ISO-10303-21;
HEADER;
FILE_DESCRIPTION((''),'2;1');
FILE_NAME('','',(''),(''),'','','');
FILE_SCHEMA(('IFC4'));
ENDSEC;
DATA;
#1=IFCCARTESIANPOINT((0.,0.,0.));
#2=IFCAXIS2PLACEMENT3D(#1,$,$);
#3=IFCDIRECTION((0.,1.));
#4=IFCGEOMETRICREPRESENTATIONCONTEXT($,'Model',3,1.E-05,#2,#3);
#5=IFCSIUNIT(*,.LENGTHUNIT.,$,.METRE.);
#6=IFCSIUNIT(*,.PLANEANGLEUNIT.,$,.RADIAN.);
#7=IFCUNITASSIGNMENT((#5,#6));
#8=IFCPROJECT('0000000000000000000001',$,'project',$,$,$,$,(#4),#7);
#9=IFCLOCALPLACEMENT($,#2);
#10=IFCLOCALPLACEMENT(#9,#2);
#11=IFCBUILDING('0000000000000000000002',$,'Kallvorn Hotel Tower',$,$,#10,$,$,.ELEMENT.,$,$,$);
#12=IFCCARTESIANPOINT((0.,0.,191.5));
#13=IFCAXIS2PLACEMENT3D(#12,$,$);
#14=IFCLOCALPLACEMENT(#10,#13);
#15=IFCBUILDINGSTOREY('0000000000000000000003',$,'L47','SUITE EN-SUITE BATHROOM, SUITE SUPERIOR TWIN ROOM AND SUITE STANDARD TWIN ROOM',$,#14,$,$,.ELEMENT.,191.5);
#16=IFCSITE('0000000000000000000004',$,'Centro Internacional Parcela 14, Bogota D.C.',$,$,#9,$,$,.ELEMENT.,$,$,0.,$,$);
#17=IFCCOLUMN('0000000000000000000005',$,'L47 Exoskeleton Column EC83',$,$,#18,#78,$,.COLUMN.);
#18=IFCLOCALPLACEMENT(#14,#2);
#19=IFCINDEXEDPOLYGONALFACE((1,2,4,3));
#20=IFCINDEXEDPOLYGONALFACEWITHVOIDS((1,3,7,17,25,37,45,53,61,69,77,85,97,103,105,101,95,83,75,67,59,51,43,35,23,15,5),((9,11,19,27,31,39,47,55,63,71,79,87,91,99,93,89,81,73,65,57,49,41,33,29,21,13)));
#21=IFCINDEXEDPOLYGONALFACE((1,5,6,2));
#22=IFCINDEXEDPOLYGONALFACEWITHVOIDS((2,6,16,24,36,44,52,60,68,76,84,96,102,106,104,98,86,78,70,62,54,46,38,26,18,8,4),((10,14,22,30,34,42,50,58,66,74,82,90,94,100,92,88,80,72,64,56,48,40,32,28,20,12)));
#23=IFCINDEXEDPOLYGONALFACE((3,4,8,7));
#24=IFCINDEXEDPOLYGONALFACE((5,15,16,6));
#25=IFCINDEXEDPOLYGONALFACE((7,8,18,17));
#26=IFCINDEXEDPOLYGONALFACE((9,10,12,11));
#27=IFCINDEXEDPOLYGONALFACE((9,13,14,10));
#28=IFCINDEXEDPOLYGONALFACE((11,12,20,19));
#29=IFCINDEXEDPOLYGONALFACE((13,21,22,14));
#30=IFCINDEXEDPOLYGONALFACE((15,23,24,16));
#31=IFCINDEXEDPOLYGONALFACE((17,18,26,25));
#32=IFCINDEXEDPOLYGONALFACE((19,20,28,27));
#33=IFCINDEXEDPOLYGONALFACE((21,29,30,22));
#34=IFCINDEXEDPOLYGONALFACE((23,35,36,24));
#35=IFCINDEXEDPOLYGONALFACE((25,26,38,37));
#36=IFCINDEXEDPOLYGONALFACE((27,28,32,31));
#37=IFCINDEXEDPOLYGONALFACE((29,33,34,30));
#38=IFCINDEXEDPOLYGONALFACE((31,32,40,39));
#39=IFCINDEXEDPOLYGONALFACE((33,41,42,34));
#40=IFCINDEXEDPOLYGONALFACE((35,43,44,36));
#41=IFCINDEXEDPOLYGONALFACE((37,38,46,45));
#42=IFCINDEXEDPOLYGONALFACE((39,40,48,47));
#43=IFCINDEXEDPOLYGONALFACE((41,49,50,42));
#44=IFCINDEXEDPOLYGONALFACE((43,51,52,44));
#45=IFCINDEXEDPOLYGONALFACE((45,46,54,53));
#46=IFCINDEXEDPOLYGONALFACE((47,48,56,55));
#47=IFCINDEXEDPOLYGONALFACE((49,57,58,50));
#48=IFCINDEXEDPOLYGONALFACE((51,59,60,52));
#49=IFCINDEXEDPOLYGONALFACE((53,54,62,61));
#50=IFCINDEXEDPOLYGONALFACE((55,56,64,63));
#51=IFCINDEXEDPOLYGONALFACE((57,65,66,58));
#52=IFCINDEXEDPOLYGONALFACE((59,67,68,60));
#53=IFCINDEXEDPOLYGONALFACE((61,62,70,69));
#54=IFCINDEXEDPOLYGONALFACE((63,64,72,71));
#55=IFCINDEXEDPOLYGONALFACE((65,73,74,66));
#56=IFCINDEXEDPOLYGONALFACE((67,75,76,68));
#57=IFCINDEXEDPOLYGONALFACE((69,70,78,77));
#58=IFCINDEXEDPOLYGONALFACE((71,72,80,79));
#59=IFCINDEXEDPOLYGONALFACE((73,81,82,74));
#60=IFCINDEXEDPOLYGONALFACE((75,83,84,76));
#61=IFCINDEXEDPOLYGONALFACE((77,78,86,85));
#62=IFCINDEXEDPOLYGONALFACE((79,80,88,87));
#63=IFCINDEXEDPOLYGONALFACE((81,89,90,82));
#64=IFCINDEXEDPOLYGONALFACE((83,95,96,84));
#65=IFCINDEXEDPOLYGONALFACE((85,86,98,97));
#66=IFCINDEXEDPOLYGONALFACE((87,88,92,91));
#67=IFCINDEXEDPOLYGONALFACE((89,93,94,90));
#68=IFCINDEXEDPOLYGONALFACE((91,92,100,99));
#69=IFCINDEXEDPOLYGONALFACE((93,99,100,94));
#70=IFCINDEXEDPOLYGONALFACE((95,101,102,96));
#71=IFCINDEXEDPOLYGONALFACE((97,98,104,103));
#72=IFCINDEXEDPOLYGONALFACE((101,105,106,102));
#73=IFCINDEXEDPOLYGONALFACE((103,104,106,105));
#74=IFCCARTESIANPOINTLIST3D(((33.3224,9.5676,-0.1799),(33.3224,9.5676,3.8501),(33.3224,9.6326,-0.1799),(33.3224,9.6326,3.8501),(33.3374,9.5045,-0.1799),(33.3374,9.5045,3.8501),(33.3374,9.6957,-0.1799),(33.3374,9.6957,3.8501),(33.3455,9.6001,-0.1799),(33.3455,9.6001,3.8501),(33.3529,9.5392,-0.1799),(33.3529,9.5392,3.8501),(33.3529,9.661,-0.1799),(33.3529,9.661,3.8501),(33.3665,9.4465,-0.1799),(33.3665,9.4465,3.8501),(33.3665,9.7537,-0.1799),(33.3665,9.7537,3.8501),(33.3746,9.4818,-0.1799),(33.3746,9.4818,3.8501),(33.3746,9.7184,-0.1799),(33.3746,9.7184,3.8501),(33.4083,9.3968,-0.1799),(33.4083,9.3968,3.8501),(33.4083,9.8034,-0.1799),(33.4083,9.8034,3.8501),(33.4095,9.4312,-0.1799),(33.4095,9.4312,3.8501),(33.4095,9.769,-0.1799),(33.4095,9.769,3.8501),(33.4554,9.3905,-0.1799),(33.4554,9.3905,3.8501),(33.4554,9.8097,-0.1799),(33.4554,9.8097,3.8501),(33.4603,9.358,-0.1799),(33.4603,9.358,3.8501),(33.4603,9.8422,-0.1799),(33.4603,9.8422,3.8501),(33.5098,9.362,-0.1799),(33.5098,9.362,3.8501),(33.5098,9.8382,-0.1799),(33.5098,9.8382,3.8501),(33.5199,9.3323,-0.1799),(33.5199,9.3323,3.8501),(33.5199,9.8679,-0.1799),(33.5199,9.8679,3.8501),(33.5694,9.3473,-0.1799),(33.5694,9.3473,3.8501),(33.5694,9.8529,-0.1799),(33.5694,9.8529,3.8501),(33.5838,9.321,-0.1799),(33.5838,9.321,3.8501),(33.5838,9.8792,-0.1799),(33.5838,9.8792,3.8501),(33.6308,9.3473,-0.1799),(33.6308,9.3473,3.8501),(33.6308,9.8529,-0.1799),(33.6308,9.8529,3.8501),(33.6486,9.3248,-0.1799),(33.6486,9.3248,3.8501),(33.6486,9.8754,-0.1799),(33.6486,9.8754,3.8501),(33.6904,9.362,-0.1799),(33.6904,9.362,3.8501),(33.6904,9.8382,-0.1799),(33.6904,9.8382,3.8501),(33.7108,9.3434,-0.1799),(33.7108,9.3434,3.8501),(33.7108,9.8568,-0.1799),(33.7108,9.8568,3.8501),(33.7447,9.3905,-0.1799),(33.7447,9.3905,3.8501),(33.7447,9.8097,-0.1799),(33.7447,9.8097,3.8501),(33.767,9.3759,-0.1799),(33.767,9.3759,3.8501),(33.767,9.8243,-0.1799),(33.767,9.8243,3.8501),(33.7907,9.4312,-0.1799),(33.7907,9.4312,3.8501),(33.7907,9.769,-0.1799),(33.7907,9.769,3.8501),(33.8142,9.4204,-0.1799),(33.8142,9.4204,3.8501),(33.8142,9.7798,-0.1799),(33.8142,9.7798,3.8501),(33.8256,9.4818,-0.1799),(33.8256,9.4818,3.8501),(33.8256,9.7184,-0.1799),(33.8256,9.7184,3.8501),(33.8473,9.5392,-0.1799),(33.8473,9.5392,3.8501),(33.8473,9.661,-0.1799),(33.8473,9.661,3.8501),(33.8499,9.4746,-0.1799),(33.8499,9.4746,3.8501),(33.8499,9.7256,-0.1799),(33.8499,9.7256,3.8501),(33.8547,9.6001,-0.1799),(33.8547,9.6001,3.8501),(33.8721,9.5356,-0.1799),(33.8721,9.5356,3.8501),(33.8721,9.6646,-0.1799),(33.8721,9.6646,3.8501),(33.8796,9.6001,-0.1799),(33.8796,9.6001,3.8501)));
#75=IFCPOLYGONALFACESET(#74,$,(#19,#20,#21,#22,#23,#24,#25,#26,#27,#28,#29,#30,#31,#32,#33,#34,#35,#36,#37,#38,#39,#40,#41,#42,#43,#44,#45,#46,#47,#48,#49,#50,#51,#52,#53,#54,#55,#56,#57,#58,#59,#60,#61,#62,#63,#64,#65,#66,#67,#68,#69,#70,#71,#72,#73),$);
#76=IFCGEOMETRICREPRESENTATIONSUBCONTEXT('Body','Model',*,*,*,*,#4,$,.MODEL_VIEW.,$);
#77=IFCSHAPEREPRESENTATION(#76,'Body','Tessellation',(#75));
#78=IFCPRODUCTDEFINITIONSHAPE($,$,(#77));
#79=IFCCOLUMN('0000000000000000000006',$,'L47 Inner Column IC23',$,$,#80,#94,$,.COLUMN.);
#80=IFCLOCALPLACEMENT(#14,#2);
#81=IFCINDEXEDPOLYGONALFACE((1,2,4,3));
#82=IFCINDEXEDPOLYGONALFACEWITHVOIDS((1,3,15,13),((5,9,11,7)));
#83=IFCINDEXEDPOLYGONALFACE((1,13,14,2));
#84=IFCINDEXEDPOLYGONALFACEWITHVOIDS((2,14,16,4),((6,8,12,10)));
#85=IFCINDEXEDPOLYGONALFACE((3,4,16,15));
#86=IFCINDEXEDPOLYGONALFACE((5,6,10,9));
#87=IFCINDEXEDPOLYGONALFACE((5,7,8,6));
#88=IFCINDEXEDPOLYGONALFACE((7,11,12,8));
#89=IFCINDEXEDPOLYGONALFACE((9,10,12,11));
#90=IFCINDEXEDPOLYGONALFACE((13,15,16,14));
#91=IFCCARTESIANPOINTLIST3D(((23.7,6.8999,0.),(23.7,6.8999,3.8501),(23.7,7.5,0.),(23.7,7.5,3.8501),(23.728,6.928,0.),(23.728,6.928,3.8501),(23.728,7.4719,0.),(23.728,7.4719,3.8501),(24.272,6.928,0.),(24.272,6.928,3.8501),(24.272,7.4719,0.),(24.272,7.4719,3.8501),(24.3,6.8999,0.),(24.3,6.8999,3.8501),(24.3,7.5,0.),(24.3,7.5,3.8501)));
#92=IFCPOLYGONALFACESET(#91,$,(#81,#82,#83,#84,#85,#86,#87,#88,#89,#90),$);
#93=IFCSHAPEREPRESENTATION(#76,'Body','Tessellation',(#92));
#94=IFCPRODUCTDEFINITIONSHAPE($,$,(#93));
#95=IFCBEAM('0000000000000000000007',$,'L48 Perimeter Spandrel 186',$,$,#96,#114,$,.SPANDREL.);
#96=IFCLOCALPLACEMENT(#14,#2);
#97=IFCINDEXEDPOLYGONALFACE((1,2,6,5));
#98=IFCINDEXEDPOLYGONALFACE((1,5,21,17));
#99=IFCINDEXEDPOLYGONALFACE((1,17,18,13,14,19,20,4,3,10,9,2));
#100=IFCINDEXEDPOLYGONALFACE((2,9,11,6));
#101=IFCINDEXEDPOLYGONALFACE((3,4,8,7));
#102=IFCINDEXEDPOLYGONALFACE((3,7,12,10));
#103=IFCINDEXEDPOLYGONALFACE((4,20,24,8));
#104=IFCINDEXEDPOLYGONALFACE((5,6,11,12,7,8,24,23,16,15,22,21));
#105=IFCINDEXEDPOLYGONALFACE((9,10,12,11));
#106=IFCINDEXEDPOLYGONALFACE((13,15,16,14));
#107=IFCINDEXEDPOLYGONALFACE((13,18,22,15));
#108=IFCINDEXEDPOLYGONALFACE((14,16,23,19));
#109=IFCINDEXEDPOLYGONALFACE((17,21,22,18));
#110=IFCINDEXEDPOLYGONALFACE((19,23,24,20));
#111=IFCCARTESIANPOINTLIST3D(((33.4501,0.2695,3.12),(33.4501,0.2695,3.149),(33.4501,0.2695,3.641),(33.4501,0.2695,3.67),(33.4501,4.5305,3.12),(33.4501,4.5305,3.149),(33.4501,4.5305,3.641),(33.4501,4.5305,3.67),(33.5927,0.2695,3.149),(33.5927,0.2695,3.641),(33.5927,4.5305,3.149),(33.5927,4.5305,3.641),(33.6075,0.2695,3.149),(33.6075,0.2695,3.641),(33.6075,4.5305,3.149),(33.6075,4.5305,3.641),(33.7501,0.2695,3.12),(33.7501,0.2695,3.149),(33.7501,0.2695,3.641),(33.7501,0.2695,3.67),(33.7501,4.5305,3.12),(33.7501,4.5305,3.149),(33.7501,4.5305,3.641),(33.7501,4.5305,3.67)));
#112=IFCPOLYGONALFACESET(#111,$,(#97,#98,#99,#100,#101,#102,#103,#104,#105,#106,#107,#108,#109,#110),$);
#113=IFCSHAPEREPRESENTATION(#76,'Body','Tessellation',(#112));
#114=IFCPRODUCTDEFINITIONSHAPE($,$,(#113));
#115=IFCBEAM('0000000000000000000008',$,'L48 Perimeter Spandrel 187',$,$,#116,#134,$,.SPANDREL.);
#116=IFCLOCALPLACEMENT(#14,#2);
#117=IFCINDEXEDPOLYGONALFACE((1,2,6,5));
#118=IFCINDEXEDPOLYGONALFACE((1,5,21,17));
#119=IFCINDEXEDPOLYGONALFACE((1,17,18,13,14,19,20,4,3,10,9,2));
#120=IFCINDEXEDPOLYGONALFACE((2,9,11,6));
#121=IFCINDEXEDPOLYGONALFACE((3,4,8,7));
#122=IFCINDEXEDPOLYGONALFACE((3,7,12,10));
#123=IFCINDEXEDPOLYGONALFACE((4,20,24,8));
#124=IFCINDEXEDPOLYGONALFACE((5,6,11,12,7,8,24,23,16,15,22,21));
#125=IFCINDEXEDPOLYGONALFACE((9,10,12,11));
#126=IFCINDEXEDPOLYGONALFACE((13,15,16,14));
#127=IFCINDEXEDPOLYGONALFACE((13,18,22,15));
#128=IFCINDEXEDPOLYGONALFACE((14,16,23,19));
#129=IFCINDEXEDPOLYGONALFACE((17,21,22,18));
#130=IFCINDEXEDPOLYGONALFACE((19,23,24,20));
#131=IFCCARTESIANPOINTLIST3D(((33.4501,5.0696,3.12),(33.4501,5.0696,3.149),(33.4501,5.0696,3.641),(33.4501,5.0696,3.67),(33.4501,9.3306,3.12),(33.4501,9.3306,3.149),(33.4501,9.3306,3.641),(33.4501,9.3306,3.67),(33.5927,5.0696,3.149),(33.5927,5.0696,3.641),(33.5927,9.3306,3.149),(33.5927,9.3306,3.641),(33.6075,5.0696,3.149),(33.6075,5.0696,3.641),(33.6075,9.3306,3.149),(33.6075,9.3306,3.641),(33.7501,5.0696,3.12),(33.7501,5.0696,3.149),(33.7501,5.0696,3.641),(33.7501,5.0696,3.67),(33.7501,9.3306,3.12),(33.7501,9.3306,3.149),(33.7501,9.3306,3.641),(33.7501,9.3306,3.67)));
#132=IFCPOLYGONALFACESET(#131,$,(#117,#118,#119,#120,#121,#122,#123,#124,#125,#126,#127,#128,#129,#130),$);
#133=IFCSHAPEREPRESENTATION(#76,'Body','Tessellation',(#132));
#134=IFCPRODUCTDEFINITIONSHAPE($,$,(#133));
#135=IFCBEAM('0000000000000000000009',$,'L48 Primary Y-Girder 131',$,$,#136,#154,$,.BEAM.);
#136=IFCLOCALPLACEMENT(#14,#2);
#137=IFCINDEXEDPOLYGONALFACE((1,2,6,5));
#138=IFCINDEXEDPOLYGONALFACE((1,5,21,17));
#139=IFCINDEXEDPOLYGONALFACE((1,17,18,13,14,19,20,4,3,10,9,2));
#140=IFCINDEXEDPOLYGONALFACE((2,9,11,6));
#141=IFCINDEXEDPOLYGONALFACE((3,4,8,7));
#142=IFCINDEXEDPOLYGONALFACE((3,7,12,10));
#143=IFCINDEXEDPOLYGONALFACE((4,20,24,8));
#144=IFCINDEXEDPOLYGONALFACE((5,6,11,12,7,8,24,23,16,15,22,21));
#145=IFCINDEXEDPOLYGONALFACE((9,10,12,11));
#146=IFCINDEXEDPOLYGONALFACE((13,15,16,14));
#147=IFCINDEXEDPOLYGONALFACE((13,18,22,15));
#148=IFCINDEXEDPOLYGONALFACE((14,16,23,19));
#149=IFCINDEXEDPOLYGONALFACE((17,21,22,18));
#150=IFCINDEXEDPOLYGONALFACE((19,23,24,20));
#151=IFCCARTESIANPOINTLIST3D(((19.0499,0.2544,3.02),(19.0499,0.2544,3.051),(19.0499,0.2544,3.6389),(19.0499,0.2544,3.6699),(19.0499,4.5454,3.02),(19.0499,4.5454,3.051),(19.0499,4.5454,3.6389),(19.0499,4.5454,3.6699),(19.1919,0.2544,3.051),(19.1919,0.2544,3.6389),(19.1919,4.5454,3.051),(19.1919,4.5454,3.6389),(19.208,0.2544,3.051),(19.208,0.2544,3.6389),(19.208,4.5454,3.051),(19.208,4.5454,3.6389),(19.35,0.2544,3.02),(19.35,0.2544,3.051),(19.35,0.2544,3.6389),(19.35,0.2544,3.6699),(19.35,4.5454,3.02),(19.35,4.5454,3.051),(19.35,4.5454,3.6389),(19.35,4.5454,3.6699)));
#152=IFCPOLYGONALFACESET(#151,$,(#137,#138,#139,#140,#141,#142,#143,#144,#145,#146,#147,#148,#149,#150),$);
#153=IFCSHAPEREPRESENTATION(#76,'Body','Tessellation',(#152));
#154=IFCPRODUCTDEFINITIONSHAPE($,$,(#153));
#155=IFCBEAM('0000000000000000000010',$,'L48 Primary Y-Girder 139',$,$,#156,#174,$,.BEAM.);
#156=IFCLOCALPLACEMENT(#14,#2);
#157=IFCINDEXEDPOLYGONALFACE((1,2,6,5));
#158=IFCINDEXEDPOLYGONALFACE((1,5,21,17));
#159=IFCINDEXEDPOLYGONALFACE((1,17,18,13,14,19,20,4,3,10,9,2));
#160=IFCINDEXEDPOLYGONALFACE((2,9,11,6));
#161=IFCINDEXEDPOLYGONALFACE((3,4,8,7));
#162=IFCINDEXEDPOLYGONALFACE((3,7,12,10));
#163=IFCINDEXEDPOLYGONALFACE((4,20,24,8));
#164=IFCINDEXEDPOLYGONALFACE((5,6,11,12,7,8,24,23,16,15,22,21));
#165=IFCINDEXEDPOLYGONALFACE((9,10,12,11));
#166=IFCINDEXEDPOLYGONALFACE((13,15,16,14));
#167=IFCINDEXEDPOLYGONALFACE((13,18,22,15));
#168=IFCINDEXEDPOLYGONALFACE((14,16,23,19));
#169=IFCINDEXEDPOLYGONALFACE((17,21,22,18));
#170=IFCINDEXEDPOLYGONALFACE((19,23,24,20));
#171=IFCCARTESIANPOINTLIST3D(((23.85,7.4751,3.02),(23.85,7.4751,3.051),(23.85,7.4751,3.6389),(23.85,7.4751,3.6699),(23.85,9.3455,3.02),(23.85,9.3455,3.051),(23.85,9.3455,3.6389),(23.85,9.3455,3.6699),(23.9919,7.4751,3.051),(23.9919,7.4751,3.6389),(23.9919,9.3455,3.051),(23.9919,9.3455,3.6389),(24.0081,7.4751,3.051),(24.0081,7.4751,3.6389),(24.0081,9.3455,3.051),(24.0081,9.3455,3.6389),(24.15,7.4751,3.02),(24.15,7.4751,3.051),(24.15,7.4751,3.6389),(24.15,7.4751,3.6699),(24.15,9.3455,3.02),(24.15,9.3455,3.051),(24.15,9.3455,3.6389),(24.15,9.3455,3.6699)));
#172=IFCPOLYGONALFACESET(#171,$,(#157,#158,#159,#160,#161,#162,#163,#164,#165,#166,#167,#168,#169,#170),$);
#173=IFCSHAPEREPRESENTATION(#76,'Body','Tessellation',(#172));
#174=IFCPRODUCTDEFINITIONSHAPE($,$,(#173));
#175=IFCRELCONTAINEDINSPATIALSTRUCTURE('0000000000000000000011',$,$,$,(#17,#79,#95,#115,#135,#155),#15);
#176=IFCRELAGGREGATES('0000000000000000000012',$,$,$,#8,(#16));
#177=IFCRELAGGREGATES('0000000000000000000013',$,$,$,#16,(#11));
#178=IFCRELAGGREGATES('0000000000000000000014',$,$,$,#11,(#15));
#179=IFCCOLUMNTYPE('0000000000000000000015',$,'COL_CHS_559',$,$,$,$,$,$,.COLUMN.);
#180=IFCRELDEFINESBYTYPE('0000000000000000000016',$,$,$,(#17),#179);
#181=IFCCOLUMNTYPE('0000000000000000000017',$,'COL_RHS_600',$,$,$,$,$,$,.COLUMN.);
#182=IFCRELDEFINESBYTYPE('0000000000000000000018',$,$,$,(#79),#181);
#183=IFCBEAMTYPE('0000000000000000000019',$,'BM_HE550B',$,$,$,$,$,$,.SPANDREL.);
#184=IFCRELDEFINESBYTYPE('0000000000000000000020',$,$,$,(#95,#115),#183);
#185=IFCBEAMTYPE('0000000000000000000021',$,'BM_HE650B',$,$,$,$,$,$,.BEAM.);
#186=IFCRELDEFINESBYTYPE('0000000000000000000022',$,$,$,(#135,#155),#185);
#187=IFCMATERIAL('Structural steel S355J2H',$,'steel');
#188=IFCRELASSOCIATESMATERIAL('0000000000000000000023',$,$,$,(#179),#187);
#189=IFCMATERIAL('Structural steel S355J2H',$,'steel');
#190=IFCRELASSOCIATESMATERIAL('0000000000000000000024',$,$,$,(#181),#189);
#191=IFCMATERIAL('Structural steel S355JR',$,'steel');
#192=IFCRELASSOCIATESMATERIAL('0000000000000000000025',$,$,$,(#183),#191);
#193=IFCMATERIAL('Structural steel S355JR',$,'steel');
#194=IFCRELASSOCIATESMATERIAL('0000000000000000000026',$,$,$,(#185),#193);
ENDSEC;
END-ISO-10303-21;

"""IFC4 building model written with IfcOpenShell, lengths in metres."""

from ifc_helpers import new_model, si_unit, direction, frame, origin, origin_2d, place, context, subcontext, project, spatial, hollow_rectangle, hollow_circle, i_section, extrude, material, material_profile, profile_set, type_object, element, save


model = new_model("IFC4")

# Units and contexts
model_context = context("Model", 3, precision=1e-05, world=origin(), true_north=direction((0.0, 1.0)))
body_context = subcontext(model_context, "Body", "Model", "MODEL_VIEW")
ifc_project = project(units=[si_unit("LENGTHUNIT", "METRE"), si_unit("PLANEANGLEUNIT", "RADIAN")], contexts=[model_context])

# Site, building, storey
site_placement = place(None, origin())
site = spatial("IfcSite", under=ifc_project, at=site_placement, Name="Centro Internacional Parcela 14, Bogota D.C.", CompositionType="ELEMENT", RefElevation=0.0)
building_placement = place(site_placement, origin())
building = spatial("IfcBuilding", under=site, at=building_placement, Name="Kallvorn Hotel Tower", CompositionType="ELEMENT")
storey_placement = place(building_placement, frame((0.0, 0.0, 191.5)))
storey = spatial("IfcBuildingStorey", under=building, at=storey_placement, Name="L47", Description="SUITE EN-SUITE BATHROOM, SUITE SUPERIOR TWIN ROOM AND SUITE STANDARD TWIN ROOM", CompositionType="ELEMENT", Elevation=191.5)

# Columns
ifc_material_1 = material(Name="Structural steel S355J2H", Category="steel")
ifc_material_profile_1 = material_profile(ifc_material_1, hollow_circle(Radius=0.2795, WallThickness=0.0249, at=origin_2d()), Name="CHS 559x25")
ifc_profile_set_1 = profile_set([ifc_material_profile_1], Name="Structural steel S355J2H")
column_type_1 = type_object("IfcColumnType", Name="COL_CHS_559", PredefinedType="COLUMN", material=ifc_profile_set_1)
for number, where, z_axis, x_axis, name in (
    (1, (33.6001, 9.6001, -0.1799), (0.0, 0.0, 1.0), (1.0, 0.0, 0.0), "L47 Exoskeleton Column EC83"),
):
    element("IfcColumn", number, at=place(storey_placement, frame(where, z_axis=z_axis, x_axis=x_axis)), inside=storey, type_object=column_type_1, Name=name, PredefinedType="COLUMN", context=body_context, shape_type="SweptSolid", body=[
        extrude(hollow_circle(Radius=0.2795, WallThickness=0.0249, at=origin_2d()), origin(), (0.0, 0.0, 1.0), 4.03),
    ])
ifc_material_2 = material(Name="Structural steel S355J2H", Category="steel")
ifc_material_profile_2 = material_profile(ifc_material_2, hollow_rectangle(XDim=0.6001, YDim=0.6001, WallThickness=0.0281, at=origin_2d()), Name="RHS 600x600x28")
ifc_profile_set_2 = profile_set([ifc_material_profile_2], Name="Structural steel S355J2H")
column_type_2 = type_object("IfcColumnType", Name="COL_RHS_600", PredefinedType="COLUMN", material=ifc_profile_set_2)
column_placement = place(storey_placement, frame((24.0, 7.2, 0.0), z_axis=(0.0, 0.0, 1.0), x_axis=(1.0, 0.0, 0.0)))
element("IfcColumn", 2, at=column_placement, inside=storey, type_object=column_type_2, Name="L47 Inner Column IC23", PredefinedType="COLUMN", context=body_context, shape_type="SweptSolid", body=[
    extrude(hollow_rectangle(XDim=0.6001, YDim=0.6001, WallThickness=0.0281, at=origin_2d()), origin(), (0.0, 0.0, 1.0), 3.8501),
])

# Beams
ifc_material_3 = material(Name="Structural steel S355JR", Category="steel")
ifc_material_profile_3 = material_profile(ifc_material_3, i_section(OverallWidth=0.3, OverallDepth=0.55, WebThickness=0.0149, FlangeThickness=0.0291, at=origin_2d()), Name="HE 550 B")
ifc_profile_set_3 = profile_set([ifc_material_profile_3], Name="Structural steel S355JR")
beam_type_1 = type_object("IfcBeamType", Name="BM_HE550B", PredefinedType="SPANDREL", material=ifc_profile_set_3)
for number, where, z_axis, x_axis, name in (
    (3, (33.6001, 0.2695, 3.395), (0.0, 1.0, 0.0), (-1.0, 0.0, 0.0), "L48 Perimeter Spandrel 186"),
    (4, (33.6001, 5.0696, 3.395), (0.0, 1.0, 0.0), (-1.0, 0.0, 0.0), "L48 Perimeter Spandrel 187"),
):
    element("IfcBeam", number, at=place(storey_placement, frame(where, z_axis=z_axis, x_axis=x_axis)), inside=storey, type_object=beam_type_1, Name=name, PredefinedType="SPANDREL", context=body_context, shape_type="SweptSolid", body=[
        extrude(i_section(OverallWidth=0.3, OverallDepth=0.55, WebThickness=0.0149, FlangeThickness=0.0291, at=origin_2d()), origin(), (0.0, 0.0, 1.0), 4.261),
    ])
ifc_material_4 = material(Name="Structural steel S355JR", Category="steel")
ifc_material_profile_4 = material_profile(ifc_material_4, i_section(OverallWidth=0.3, OverallDepth=0.6499, WebThickness=0.0161, FlangeThickness=0.031, at=origin_2d()), Name="HE 650 B")
ifc_profile_set_4 = profile_set([ifc_material_profile_4], Name="Structural steel S355JR")
beam_type_2 = type_object("IfcBeamType", Name="BM_HE650B", PredefinedType="BEAM", material=ifc_profile_set_4)
beam_1_placement = place(storey_placement, frame((19.2, 0.2544, 3.345), z_axis=(0.0, 1.0, 0.0), x_axis=(-1.0, 0.0, 0.0)))
element("IfcBeam", 5, at=beam_1_placement, inside=storey, type_object=beam_type_2, Name="L48 Primary Y-Girder 131", PredefinedType="BEAM", context=body_context, shape_type="SweptSolid", body=[
    extrude(i_section(OverallWidth=0.3, OverallDepth=0.6499, WebThickness=0.0161, FlangeThickness=0.031, at=origin_2d()), origin(), (0.0, 0.0, 1.0), 4.291),
])
beam_2_placement = place(storey_placement, frame((24.0, 7.4751, 3.345), z_axis=(0.0, 1.0, 0.0), x_axis=(-1.0, 0.0, 0.0)))
element("IfcBeam", 6, at=beam_2_placement, inside=storey, type_object=beam_type_2, Name="L48 Primary Y-Girder 139", PredefinedType="BEAM", context=body_context, shape_type="SweptSolid", body=[
    extrude(i_section(OverallWidth=0.3, OverallDepth=0.6499, WebThickness=0.0161, FlangeThickness=0.031, at=origin_2d()), origin(), (0.0, 0.0, 1.0), 1.8704),
])

save(model, "model.ifc")
